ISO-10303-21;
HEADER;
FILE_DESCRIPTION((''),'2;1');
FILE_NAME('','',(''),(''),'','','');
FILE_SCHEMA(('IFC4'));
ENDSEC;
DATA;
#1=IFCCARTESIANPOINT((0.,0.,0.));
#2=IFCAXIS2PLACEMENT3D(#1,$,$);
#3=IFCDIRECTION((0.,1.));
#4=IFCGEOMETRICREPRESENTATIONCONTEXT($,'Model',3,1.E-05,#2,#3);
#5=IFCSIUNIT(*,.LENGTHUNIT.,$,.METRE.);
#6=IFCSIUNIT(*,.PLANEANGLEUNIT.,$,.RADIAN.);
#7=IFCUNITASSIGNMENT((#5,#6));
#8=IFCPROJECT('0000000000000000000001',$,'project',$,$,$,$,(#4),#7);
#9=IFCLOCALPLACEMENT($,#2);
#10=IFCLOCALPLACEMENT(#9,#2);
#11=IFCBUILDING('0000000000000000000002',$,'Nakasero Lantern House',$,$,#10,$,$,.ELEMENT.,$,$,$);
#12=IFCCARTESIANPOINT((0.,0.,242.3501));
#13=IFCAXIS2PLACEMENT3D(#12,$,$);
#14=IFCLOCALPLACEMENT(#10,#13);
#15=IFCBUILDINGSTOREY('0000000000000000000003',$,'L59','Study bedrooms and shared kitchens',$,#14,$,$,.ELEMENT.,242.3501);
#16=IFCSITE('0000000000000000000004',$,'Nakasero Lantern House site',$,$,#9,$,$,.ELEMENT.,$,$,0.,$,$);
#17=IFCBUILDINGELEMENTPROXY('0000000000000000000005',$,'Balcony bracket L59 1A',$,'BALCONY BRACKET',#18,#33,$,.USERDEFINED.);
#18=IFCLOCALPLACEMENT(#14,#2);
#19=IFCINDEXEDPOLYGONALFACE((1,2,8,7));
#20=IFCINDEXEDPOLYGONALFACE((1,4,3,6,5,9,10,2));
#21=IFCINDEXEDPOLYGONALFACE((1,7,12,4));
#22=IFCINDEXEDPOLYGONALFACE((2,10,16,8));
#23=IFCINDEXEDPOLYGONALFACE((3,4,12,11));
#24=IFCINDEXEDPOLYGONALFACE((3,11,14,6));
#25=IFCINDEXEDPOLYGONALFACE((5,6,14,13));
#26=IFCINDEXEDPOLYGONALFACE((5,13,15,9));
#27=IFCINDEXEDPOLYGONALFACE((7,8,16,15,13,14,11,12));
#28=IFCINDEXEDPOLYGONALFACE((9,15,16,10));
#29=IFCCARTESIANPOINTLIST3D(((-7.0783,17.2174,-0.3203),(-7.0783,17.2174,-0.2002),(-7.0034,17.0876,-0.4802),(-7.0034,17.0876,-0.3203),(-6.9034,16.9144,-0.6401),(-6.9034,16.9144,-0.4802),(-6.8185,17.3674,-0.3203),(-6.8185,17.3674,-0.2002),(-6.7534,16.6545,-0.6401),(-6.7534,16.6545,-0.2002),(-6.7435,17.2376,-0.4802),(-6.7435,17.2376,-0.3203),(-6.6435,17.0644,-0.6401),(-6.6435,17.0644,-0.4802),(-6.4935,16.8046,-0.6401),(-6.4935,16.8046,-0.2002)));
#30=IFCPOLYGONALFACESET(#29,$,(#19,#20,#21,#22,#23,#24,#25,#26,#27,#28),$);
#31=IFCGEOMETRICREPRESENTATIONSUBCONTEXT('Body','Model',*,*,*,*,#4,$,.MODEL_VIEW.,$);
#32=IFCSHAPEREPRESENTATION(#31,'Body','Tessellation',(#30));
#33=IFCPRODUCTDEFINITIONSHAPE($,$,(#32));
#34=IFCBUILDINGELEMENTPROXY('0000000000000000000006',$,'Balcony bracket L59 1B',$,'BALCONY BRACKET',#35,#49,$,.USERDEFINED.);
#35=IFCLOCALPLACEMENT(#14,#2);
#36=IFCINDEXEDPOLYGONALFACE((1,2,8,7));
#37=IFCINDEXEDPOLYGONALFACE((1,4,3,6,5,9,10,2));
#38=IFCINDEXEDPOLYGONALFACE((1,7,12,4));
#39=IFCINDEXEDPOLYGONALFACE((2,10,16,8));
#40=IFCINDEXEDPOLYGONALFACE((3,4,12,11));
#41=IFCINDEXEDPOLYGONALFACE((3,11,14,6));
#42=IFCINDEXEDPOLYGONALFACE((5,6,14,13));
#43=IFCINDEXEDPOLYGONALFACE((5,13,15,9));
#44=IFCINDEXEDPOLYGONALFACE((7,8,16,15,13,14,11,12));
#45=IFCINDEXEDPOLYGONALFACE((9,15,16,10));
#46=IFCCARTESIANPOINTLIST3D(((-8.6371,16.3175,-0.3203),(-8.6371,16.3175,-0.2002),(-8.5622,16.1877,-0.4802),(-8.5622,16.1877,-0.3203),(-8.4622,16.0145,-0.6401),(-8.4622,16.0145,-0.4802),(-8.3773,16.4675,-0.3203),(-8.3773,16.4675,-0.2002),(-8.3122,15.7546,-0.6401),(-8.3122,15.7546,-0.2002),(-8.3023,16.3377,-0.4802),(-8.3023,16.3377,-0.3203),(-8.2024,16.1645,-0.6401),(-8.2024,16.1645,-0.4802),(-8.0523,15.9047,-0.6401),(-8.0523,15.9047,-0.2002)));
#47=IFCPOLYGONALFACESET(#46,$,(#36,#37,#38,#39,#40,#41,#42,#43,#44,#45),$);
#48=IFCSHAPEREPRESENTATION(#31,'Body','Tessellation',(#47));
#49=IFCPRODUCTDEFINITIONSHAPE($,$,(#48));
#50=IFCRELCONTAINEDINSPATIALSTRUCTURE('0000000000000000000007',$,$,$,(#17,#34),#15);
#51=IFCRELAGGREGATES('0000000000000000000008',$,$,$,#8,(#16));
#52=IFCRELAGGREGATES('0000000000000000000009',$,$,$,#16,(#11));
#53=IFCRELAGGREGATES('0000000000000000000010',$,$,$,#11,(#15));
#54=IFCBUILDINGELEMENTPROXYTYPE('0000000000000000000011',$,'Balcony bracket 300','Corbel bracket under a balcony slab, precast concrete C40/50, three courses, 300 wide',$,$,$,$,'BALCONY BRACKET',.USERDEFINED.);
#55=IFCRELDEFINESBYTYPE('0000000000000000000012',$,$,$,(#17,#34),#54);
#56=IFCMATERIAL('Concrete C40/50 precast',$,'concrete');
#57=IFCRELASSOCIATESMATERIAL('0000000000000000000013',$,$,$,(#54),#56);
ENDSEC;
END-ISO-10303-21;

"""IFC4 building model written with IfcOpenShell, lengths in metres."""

from ifc_helpers import new_model, si_unit, direction, frame, origin, place, context, subcontext, project, spatial, polyline, outline, extrude, material, type_object, element, save


model = new_model("IFC4")

# Units and contexts
model_context = context("Model", 3, precision=1e-05, world=origin(), true_north=direction((0.0, 1.0)))
body_context = subcontext(model_context, "Body", "Model", "MODEL_VIEW")
ifc_project = project(units=[si_unit("LENGTHUNIT", "METRE"), si_unit("PLANEANGLEUNIT", "RADIAN")], contexts=[model_context])

# Site, building, storey
site_placement = place(None, origin())
site = spatial("IfcSite", under=ifc_project, at=site_placement, Name="Nakasero Lantern House site", CompositionType="ELEMENT", RefElevation=0.0)
building_placement = place(site_placement, origin())
building = spatial("IfcBuilding", under=site, at=building_placement, Name="Nakasero Lantern House", CompositionType="ELEMENT")
storey_placement = place(building_placement, frame((0.0, 0.0, 242.3501)))
storey = spatial("IfcBuildingStorey", under=building, at=storey_placement, Name="L59", Description="Study bedrooms and shared kitchens", CompositionType="ELEMENT", Elevation=242.3501)

# Building element proxies
ifc_material_1 = material(Name="Concrete C40/50 precast", Category="concrete")
building_element_proxy_type = type_object("IfcBuildingElementProxyType", Name="Balcony bracket 300", Description="Corbel bracket under a balcony slab, precast concrete C40/50, three courses, 300 wide", ElementType="BALCONY BRACKET", PredefinedType="USERDEFINED", material=ifc_material_1)
for number, where, z_axis, x_axis, name in (
    (1, (-6.6235, 16.7295, -0.2002), (0.0, 0.0, 1.0), (-0.5, 0.866025, 0.0), "Balcony bracket L59 1A"),
    (2, (-8.1824, 15.8296, -0.2002), (0.0, 0.0, 1.0), (-0.5, 0.866025, 0.0), "Balcony bracket L59 1B"),
):
    element("IfcBuildingElementProxy", number, at=place(storey_placement, frame(where, z_axis=z_axis, x_axis=x_axis)), inside=storey, type_object=building_element_proxy_type, Name=name, ObjectType="BALCONY BRACKET", PredefinedType="USERDEFINED", context=body_context, shape_type="SweptSolid", body=[
        extrude(outline(polyline([(0.0, 0.0), (0.6499, 0.0), (0.6499, -0.1201), (0.5, -0.1201), (0.5, -0.28), (0.3, -0.28), (0.3, -0.4399), (0.0, -0.4399), (0.0, 0.0)])), frame((0.0, 0.1499, 0.0), z_axis=(0.0, -1.0, 0.0), x_axis=(1.0, 0.0, 0.0)), (0.0, 0.0, 1.0), 0.3),
    ])

save(model, "model.ifc")
